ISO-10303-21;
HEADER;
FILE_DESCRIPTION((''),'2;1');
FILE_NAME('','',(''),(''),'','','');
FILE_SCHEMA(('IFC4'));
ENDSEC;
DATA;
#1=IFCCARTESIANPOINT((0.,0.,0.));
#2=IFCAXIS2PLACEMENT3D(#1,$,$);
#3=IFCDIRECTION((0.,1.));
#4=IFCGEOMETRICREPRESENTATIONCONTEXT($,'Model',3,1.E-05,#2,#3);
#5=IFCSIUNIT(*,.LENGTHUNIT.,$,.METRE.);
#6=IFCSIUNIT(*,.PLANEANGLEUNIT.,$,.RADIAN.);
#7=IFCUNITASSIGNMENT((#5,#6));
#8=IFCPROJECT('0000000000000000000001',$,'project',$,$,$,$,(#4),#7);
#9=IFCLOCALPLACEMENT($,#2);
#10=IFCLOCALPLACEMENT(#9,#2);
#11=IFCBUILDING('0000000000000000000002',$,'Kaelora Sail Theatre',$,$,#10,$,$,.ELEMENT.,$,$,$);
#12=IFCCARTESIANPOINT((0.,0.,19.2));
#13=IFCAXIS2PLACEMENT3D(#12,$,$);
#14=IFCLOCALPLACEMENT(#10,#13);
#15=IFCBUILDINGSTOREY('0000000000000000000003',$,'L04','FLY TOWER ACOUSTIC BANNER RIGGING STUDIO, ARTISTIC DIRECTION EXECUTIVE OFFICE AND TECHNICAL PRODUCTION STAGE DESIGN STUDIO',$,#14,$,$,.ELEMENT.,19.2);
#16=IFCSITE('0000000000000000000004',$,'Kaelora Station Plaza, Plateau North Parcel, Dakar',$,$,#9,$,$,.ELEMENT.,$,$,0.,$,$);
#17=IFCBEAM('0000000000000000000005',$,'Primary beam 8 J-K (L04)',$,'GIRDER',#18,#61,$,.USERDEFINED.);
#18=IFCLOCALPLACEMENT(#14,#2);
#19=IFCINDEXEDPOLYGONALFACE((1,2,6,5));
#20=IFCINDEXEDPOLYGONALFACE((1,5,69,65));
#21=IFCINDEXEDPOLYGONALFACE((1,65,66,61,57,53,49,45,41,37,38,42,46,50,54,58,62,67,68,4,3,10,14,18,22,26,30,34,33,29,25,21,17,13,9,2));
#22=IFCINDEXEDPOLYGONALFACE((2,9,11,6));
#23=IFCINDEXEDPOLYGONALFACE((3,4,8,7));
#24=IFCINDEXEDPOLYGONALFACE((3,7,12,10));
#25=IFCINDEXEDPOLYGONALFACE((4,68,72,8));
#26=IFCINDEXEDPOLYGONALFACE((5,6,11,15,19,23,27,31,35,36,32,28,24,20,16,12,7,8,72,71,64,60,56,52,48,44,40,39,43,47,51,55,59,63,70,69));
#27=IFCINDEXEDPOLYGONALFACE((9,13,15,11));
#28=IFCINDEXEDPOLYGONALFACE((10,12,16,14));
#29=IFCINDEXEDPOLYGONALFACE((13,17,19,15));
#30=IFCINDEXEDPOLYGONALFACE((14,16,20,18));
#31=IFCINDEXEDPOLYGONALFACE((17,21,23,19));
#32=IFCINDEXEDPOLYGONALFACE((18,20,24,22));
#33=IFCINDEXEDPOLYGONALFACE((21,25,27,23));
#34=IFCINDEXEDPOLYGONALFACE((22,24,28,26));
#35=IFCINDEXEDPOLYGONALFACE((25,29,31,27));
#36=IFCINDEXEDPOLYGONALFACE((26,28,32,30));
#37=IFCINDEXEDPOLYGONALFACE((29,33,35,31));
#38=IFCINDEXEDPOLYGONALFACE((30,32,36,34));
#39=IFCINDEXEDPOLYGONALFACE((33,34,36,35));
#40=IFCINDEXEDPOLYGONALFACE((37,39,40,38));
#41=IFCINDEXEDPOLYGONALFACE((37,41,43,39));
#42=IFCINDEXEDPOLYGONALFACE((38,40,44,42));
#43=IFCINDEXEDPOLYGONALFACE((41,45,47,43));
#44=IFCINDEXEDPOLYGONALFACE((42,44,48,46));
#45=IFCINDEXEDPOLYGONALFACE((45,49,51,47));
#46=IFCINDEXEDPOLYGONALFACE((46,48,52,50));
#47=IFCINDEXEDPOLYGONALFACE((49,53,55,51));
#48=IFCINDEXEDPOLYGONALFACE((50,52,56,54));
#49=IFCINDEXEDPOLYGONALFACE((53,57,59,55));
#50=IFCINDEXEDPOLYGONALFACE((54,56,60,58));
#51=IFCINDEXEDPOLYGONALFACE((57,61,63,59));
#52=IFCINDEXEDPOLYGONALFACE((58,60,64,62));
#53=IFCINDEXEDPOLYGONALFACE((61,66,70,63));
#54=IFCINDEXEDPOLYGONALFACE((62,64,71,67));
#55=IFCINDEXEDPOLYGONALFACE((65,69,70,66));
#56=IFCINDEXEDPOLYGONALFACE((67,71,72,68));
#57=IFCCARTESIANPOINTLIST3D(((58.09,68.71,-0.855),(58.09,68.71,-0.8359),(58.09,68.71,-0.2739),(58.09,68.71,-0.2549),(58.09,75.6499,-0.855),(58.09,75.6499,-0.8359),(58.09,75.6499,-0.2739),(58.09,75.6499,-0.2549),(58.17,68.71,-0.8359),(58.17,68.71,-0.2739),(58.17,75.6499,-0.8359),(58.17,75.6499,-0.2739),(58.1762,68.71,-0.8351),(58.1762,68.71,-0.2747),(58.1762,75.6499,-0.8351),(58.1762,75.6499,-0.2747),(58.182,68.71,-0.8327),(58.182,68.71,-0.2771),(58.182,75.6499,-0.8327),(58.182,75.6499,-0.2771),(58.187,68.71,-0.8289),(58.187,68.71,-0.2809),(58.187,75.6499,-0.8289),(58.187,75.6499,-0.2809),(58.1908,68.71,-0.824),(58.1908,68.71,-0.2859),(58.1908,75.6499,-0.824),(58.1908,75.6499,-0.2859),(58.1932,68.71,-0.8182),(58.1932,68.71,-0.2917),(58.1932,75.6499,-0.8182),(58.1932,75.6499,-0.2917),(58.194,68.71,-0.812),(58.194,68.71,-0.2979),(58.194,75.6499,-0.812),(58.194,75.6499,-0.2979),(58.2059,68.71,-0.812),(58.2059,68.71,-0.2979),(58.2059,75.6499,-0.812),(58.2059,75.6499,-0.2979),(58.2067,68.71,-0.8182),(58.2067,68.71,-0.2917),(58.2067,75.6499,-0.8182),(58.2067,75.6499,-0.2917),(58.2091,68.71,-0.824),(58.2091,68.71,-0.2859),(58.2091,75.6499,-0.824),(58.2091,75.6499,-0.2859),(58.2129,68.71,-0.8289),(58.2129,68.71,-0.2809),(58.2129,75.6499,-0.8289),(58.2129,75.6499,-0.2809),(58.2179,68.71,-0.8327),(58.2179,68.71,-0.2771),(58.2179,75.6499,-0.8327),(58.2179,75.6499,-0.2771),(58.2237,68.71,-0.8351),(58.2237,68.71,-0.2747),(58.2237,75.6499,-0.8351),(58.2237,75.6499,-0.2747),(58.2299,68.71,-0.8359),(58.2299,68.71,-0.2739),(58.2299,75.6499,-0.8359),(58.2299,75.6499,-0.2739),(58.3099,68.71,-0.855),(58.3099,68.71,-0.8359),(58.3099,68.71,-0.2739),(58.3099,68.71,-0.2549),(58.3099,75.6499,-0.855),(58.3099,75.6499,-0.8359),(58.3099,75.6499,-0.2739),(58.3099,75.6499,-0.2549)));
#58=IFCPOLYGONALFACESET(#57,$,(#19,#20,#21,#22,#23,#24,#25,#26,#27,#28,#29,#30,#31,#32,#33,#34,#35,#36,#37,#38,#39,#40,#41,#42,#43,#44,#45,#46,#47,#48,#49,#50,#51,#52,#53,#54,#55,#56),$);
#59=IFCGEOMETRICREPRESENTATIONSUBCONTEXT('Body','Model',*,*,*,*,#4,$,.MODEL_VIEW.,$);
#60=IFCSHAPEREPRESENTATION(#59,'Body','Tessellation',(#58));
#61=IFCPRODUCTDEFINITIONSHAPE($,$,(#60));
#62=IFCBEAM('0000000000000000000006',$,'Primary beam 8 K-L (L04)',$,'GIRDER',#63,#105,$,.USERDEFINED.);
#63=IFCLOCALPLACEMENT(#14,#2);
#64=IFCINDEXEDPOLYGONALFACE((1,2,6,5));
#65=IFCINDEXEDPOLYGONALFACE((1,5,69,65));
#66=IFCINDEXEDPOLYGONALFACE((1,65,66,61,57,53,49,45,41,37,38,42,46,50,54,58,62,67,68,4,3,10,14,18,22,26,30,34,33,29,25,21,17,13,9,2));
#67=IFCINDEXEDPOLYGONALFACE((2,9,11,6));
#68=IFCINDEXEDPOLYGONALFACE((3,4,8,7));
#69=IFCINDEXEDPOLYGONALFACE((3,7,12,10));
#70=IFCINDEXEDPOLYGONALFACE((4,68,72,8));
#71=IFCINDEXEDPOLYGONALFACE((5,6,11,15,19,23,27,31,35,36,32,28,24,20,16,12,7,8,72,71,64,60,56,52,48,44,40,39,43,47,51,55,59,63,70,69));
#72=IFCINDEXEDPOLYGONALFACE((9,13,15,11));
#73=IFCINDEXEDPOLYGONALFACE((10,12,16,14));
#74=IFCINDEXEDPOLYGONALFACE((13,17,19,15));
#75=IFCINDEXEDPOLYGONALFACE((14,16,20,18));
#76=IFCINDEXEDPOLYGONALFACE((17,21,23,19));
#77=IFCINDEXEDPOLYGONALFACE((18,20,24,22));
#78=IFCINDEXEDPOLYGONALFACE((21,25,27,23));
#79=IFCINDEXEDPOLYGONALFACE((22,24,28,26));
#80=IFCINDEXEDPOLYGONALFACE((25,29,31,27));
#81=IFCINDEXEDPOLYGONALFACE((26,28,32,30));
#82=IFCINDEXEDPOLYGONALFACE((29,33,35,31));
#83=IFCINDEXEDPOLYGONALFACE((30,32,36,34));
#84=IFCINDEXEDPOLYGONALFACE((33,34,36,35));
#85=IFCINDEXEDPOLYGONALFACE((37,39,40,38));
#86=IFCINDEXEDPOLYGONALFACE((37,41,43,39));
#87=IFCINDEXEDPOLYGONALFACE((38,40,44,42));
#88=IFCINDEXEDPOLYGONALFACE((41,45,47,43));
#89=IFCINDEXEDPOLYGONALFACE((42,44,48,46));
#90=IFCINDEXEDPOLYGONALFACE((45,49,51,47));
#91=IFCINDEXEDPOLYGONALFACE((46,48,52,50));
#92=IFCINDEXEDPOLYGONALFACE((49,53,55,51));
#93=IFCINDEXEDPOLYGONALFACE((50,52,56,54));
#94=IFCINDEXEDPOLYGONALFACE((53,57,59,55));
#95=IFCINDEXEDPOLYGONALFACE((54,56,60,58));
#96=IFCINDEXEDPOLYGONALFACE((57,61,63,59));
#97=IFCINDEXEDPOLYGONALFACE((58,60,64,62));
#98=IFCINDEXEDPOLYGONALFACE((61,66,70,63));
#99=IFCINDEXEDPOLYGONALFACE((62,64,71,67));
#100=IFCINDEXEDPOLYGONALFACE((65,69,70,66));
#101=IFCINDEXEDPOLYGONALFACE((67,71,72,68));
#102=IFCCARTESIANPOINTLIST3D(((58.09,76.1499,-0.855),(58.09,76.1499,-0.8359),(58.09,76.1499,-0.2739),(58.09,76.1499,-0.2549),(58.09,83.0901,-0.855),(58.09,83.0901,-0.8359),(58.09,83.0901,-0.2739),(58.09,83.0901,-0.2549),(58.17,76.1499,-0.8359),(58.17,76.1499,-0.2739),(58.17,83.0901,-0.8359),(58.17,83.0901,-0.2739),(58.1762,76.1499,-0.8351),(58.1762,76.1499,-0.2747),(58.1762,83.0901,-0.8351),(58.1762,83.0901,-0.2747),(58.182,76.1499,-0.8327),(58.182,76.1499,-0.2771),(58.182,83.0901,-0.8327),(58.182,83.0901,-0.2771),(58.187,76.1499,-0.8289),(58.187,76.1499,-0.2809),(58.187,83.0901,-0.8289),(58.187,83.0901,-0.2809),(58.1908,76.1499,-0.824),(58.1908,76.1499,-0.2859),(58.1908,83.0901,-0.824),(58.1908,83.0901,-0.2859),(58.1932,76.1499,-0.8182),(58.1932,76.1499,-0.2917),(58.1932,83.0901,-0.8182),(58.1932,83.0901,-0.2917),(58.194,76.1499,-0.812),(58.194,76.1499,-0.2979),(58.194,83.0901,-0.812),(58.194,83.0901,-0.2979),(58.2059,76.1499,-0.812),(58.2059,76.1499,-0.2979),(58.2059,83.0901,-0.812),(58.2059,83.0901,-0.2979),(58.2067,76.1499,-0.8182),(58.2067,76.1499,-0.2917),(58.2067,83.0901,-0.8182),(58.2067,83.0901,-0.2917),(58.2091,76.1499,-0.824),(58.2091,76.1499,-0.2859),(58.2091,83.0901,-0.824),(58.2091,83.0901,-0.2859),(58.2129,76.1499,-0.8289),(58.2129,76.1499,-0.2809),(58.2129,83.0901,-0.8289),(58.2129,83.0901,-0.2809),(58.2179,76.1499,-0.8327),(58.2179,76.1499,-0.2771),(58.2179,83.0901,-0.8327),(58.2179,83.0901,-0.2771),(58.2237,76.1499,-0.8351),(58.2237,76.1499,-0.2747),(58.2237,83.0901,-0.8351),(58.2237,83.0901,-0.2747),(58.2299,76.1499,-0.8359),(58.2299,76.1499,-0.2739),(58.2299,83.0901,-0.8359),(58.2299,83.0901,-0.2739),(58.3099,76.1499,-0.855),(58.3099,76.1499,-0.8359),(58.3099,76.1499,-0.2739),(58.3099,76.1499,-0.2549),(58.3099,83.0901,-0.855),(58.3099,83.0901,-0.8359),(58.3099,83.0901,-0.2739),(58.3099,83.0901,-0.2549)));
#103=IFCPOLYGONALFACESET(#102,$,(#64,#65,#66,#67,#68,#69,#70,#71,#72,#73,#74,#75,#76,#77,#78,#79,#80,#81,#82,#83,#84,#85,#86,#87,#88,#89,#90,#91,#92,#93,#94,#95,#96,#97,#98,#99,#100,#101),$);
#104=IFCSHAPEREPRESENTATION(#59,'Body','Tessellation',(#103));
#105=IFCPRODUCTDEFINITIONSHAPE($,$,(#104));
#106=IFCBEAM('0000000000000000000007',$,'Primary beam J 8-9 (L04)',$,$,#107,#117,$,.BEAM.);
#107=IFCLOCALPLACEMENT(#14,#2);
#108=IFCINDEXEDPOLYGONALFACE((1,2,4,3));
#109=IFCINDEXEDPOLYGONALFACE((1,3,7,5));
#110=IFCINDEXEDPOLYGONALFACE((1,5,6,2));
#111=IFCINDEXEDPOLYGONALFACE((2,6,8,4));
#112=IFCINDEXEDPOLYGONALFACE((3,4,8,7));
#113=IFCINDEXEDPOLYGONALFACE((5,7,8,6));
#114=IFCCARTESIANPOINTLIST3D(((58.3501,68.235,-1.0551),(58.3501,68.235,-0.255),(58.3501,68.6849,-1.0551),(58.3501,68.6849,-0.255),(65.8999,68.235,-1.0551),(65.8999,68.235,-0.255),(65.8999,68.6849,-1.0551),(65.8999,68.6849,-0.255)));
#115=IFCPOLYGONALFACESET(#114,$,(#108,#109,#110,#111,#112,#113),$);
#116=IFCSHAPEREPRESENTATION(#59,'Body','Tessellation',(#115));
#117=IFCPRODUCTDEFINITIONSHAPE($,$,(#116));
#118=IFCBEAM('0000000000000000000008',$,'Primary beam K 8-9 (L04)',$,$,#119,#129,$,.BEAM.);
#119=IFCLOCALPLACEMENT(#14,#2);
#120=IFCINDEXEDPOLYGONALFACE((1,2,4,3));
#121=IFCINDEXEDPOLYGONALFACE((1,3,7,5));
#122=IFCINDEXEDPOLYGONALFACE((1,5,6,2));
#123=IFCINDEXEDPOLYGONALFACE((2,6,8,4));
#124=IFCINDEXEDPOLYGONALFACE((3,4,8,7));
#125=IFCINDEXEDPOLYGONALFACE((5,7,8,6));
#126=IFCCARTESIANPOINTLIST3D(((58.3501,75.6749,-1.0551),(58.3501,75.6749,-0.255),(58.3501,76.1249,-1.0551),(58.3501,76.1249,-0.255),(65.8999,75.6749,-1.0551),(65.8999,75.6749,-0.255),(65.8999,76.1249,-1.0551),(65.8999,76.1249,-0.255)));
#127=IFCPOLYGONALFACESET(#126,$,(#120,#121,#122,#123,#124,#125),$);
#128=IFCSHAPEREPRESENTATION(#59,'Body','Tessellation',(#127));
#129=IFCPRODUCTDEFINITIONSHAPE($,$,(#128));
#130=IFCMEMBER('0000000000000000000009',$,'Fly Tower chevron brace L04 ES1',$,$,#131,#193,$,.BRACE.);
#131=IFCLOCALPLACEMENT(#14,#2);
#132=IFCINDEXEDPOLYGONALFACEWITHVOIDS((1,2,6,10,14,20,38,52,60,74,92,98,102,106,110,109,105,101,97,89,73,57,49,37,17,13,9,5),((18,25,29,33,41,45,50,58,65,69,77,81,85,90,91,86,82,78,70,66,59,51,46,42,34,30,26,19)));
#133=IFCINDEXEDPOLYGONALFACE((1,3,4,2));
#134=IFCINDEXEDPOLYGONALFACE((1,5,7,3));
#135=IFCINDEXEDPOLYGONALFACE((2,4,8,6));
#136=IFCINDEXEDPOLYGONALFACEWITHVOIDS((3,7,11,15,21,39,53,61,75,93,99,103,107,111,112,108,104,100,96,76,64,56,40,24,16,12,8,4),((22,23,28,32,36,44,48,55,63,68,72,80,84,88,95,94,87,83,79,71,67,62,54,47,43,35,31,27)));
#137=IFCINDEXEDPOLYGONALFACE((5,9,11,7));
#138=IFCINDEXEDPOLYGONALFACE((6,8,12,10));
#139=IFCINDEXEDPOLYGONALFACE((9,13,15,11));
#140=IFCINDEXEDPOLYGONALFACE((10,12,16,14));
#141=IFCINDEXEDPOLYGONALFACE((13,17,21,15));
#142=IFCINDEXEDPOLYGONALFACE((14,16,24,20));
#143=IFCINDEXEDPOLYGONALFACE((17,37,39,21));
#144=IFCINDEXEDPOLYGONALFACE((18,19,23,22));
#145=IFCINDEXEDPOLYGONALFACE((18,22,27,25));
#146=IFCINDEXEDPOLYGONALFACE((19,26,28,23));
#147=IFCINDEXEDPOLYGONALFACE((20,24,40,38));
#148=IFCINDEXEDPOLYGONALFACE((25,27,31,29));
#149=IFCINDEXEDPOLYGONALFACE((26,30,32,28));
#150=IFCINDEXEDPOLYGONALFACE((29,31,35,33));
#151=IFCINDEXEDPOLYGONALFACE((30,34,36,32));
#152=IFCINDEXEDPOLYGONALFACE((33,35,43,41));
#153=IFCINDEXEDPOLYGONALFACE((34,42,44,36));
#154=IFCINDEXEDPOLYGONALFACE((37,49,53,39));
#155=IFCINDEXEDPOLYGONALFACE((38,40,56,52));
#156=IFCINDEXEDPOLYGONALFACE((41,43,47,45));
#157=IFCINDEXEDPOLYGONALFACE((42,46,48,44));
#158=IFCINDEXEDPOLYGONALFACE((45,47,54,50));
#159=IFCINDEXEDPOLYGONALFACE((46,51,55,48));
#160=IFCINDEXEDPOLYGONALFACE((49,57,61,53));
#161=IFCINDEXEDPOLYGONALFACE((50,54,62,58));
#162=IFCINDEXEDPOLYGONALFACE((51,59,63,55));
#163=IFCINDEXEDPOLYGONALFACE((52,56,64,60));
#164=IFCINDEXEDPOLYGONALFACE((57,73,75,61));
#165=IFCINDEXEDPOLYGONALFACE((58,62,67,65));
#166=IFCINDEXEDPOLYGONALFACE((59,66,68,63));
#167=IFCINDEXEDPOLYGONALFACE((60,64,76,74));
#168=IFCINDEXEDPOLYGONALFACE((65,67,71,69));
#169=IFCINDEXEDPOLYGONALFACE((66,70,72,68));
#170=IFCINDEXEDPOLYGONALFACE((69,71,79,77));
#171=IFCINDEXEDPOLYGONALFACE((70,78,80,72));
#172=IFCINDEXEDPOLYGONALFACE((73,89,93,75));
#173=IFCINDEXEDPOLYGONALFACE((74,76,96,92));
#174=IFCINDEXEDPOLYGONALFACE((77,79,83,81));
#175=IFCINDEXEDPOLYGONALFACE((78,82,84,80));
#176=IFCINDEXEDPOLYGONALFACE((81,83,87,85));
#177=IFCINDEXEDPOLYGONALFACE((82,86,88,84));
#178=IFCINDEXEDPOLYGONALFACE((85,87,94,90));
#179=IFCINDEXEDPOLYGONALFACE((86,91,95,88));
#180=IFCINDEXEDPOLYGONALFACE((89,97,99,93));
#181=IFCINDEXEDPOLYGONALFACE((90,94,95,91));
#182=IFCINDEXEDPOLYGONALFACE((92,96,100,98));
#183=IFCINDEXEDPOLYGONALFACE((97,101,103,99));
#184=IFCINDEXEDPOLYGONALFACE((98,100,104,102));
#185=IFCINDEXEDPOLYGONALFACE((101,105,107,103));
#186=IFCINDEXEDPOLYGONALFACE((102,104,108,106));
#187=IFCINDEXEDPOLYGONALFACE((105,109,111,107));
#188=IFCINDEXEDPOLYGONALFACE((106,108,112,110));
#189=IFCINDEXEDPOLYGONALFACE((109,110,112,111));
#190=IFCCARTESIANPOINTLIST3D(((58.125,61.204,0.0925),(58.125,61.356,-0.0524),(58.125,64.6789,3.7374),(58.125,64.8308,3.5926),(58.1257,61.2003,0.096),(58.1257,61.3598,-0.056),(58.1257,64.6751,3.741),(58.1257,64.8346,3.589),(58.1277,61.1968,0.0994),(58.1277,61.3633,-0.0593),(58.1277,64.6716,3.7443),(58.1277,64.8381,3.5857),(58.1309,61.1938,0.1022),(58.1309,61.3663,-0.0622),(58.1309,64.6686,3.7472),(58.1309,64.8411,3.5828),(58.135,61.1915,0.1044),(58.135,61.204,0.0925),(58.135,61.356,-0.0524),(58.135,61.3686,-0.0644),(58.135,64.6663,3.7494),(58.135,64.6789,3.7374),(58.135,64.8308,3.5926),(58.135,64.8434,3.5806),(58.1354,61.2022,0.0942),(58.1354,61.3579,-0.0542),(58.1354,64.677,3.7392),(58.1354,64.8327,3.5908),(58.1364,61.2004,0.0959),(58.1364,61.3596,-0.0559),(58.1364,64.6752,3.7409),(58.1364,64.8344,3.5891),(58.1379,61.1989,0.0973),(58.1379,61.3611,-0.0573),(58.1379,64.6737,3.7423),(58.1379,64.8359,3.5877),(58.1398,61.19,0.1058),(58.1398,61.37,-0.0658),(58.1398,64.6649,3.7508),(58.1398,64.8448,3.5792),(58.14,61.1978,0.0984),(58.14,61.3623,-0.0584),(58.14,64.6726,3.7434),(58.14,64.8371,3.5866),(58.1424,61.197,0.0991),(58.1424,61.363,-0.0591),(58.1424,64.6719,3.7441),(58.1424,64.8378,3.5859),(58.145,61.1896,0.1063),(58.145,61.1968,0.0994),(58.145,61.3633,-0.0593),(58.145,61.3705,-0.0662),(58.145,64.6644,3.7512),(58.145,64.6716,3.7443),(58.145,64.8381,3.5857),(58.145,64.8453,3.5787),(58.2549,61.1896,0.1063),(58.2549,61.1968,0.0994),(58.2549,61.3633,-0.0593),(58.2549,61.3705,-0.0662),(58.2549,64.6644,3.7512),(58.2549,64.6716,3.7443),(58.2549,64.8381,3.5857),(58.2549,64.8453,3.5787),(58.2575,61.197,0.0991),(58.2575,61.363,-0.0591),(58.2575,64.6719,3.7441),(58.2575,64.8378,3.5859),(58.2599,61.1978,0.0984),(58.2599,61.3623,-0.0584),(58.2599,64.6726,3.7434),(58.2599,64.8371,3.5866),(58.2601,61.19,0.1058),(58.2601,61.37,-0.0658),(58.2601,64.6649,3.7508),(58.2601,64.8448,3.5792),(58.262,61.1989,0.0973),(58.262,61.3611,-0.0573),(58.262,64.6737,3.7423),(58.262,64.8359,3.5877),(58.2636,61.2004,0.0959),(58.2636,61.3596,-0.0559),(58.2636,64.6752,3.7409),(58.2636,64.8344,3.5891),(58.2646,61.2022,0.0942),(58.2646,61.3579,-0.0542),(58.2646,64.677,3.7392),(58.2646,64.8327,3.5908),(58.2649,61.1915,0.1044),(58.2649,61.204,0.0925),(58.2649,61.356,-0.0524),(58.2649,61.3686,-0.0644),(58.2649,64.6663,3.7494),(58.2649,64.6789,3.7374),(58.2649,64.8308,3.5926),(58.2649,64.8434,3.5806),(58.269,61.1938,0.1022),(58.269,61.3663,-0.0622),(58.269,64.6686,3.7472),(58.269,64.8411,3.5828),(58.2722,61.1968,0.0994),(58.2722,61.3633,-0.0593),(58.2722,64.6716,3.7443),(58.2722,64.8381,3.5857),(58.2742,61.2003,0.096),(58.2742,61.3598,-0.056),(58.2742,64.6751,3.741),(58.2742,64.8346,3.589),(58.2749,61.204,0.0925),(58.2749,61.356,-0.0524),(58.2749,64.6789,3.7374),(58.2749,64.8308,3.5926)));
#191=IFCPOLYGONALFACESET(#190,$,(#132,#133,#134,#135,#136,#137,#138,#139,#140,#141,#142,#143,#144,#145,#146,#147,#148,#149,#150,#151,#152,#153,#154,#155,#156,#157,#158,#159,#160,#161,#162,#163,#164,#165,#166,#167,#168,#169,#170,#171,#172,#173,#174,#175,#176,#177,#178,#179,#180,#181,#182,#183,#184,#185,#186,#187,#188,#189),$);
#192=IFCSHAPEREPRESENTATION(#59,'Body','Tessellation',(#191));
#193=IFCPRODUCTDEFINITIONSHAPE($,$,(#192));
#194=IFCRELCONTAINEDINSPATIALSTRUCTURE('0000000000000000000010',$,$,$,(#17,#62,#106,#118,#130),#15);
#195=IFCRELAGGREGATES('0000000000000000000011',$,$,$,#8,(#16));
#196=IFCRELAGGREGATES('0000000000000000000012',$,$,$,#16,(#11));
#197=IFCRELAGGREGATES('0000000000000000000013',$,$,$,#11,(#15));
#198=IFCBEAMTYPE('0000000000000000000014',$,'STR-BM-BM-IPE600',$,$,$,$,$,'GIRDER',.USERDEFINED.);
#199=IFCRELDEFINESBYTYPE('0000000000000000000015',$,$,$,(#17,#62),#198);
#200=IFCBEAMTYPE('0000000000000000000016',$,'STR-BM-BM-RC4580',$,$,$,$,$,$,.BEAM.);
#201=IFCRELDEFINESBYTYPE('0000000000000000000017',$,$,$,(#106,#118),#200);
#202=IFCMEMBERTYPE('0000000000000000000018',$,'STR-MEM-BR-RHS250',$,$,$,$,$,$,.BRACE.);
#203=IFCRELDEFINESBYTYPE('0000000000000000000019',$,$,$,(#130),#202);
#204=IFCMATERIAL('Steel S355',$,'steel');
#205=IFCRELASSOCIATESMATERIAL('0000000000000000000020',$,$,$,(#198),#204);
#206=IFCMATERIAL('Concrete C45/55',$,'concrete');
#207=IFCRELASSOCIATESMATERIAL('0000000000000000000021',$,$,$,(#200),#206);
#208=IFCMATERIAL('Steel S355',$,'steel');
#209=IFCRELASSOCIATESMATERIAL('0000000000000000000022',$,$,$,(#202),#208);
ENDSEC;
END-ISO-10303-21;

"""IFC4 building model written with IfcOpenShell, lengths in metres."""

from ifc_helpers import new_model, si_unit, direction, frame, origin, origin_2d, place, context, subcontext, project, spatial, rectangle, hollow_rectangle, i_section, extrude, material, material_profile, profile_set, type_object, element, save


model = new_model("IFC4")

# Units and contexts
model_context = context("Model", 3, precision=1e-05, world=origin(), true_north=direction((0.0, 1.0)))
body_context = subcontext(model_context, "Body", "Model", "MODEL_VIEW")
ifc_project = project(units=[si_unit("LENGTHUNIT", "METRE"), si_unit("PLANEANGLEUNIT", "RADIAN")], contexts=[model_context])

# Site, building, storey
site_placement = place(None, origin())
site = spatial("IfcSite", under=ifc_project, at=site_placement, Name="Kaelora Station Plaza, Plateau North Parcel, Dakar", CompositionType="ELEMENT", RefElevation=0.0)
building_placement = place(site_placement, origin())
building = spatial("IfcBuilding", under=site, at=building_placement, Name="Kaelora Sail Theatre", CompositionType="ELEMENT")
storey_placement = place(building_placement, frame((0.0, 0.0, 19.2)))
storey = spatial("IfcBuildingStorey", under=building, at=storey_placement, Name="L04", Description="FLY TOWER ACOUSTIC BANNER RIGGING STUDIO, ARTISTIC DIRECTION EXECUTIVE OFFICE AND TECHNICAL PRODUCTION STAGE DESIGN STUDIO", CompositionType="ELEMENT", Elevation=19.2)

# Beams
ifc_material_1 = material(Name="Steel S355", Category="steel")
ifc_material_profile_1 = material_profile(ifc_material_1, i_section(OverallWidth=0.22, OverallDepth=0.6001, WebThickness=0.012, FlangeThickness=0.019, FilletRadius=0.0239, at=origin_2d()), Name="IPE 600")
ifc_profile_set_1 = profile_set([ifc_material_profile_1], Name="Steel S355")
beam_type_1 = type_object("IfcBeamType", Name="STR-BM-BM-IPE600", ElementType="GIRDER", PredefinedType="USERDEFINED", material=ifc_profile_set_1)
for number, where, z_axis, x_axis, name in (
    (1, (58.2, 68.71, -0.5549), (0.0, 1.0, 0.0), (-1.0, 0.0, 0.0), "Primary beam 8 J-K (L04)"),
):
    element("IfcBeam", number, at=place(storey_placement, frame(where, z_axis=z_axis, x_axis=x_axis)), inside=storey, type_object=beam_type_1, Name=name, ObjectType="GIRDER", PredefinedType="USERDEFINED", context=body_context, shape_type="SweptSolid", body=[
        extrude(i_section(OverallWidth=0.22, OverallDepth=0.6001, WebThickness=0.012, FlangeThickness=0.019, FilletRadius=0.0239, at=origin_2d()), origin(), (0.0, 0.0, 1.0), 6.9399),
    ])
beam_placement = place(storey_placement, frame((58.2, 76.1499, -0.5549), z_axis=(0.0, 1.0, 0.0), x_axis=(-1.0, 0.0, 0.0)))
element("IfcBeam", 2, at=beam_placement, inside=storey, type_object=beam_type_1, Name="Primary beam 8 K-L (L04)", ObjectType="GIRDER", PredefinedType="USERDEFINED", context=body_context, shape_type="SweptSolid", body=[
    extrude(i_section(OverallWidth=0.22, OverallDepth=0.6001, WebThickness=0.012, FlangeThickness=0.019, FilletRadius=0.0239, at=origin_2d()), origin(), (0.0, 0.0, 1.0), 6.9402),
])
ifc_material_2 = material(Name="Concrete C45/55", Category="concrete")
ifc_material_profile_2 = material_profile(ifc_material_2, rectangle(XDim=0.45, YDim=0.8, at=origin_2d()), Name="RC-BM 450x800")
ifc_profile_set_2 = profile_set([ifc_material_profile_2], Name="Concrete C45/55")
beam_type_2 = type_object("IfcBeamType", Name="STR-BM-BM-RC4580", PredefinedType="BEAM", material=ifc_profile_set_2)
for number, where, z_axis, x_axis, name in (
    (3, (58.3501, 68.46, -0.655), (1.0, 0.0, 0.0), (0.0, 1.0, 0.0), "Primary beam J 8-9 (L04)"),
    (4, (58.3501, 75.8999, -0.655), (1.0, 0.0, 0.0), (0.0, 1.0, 0.0), "Primary beam K 8-9 (L04)"),
):
    element("IfcBeam", number, at=place(storey_placement, frame(where, z_axis=z_axis, x_axis=x_axis)), inside=storey, type_object=beam_type_2, Name=name, PredefinedType="BEAM", context=body_context, shape_type="SweptSolid", body=[
        extrude(rectangle(XDim=0.45, YDim=0.8, at=origin_2d()), origin(), (0.0, 0.0, 1.0), 7.5498),
    ])

# Member
ifc_material_3 = material(Name="Steel S355", Category="steel")
ifc_material_profile_3 = material_profile(ifc_material_3, hollow_rectangle(XDim=0.1499, YDim=0.25, WallThickness=0.01, InnerFilletRadius=0.01, OuterFilletRadius=0.02, at=origin_2d()), Name="RHS 250x150x10.0")
ifc_profile_set_3 = profile_set([ifc_material_profile_3], Name="Steel S355")
member_type = type_object("IfcMemberType", Name="STR-MEM-BR-RHS250", PredefinedType="BRACE", material=ifc_profile_set_3)
member_1_placement = place(storey_placement, frame((58.2, 61.28, 0.02), z_axis=(0.0, 0.69001, 0.7238), x_axis=(-1.0, 0.0, 0.0)))
element("IfcMember", 5, at=member_1_placement, inside=storey, type_object=member_type, Name="Fly Tower chevron brace L04 ES1", PredefinedType="BRACE", context=body_context, shape_type="SweptSolid", body=[
    extrude(hollow_rectangle(XDim=0.1499, YDim=0.25, WallThickness=0.01, InnerFilletRadius=0.01, OuterFilletRadius=0.02, at=origin_2d()), origin(), (0.0, 0.0, 1.0), 5.0359),
])

save(model, "model.ifc")
